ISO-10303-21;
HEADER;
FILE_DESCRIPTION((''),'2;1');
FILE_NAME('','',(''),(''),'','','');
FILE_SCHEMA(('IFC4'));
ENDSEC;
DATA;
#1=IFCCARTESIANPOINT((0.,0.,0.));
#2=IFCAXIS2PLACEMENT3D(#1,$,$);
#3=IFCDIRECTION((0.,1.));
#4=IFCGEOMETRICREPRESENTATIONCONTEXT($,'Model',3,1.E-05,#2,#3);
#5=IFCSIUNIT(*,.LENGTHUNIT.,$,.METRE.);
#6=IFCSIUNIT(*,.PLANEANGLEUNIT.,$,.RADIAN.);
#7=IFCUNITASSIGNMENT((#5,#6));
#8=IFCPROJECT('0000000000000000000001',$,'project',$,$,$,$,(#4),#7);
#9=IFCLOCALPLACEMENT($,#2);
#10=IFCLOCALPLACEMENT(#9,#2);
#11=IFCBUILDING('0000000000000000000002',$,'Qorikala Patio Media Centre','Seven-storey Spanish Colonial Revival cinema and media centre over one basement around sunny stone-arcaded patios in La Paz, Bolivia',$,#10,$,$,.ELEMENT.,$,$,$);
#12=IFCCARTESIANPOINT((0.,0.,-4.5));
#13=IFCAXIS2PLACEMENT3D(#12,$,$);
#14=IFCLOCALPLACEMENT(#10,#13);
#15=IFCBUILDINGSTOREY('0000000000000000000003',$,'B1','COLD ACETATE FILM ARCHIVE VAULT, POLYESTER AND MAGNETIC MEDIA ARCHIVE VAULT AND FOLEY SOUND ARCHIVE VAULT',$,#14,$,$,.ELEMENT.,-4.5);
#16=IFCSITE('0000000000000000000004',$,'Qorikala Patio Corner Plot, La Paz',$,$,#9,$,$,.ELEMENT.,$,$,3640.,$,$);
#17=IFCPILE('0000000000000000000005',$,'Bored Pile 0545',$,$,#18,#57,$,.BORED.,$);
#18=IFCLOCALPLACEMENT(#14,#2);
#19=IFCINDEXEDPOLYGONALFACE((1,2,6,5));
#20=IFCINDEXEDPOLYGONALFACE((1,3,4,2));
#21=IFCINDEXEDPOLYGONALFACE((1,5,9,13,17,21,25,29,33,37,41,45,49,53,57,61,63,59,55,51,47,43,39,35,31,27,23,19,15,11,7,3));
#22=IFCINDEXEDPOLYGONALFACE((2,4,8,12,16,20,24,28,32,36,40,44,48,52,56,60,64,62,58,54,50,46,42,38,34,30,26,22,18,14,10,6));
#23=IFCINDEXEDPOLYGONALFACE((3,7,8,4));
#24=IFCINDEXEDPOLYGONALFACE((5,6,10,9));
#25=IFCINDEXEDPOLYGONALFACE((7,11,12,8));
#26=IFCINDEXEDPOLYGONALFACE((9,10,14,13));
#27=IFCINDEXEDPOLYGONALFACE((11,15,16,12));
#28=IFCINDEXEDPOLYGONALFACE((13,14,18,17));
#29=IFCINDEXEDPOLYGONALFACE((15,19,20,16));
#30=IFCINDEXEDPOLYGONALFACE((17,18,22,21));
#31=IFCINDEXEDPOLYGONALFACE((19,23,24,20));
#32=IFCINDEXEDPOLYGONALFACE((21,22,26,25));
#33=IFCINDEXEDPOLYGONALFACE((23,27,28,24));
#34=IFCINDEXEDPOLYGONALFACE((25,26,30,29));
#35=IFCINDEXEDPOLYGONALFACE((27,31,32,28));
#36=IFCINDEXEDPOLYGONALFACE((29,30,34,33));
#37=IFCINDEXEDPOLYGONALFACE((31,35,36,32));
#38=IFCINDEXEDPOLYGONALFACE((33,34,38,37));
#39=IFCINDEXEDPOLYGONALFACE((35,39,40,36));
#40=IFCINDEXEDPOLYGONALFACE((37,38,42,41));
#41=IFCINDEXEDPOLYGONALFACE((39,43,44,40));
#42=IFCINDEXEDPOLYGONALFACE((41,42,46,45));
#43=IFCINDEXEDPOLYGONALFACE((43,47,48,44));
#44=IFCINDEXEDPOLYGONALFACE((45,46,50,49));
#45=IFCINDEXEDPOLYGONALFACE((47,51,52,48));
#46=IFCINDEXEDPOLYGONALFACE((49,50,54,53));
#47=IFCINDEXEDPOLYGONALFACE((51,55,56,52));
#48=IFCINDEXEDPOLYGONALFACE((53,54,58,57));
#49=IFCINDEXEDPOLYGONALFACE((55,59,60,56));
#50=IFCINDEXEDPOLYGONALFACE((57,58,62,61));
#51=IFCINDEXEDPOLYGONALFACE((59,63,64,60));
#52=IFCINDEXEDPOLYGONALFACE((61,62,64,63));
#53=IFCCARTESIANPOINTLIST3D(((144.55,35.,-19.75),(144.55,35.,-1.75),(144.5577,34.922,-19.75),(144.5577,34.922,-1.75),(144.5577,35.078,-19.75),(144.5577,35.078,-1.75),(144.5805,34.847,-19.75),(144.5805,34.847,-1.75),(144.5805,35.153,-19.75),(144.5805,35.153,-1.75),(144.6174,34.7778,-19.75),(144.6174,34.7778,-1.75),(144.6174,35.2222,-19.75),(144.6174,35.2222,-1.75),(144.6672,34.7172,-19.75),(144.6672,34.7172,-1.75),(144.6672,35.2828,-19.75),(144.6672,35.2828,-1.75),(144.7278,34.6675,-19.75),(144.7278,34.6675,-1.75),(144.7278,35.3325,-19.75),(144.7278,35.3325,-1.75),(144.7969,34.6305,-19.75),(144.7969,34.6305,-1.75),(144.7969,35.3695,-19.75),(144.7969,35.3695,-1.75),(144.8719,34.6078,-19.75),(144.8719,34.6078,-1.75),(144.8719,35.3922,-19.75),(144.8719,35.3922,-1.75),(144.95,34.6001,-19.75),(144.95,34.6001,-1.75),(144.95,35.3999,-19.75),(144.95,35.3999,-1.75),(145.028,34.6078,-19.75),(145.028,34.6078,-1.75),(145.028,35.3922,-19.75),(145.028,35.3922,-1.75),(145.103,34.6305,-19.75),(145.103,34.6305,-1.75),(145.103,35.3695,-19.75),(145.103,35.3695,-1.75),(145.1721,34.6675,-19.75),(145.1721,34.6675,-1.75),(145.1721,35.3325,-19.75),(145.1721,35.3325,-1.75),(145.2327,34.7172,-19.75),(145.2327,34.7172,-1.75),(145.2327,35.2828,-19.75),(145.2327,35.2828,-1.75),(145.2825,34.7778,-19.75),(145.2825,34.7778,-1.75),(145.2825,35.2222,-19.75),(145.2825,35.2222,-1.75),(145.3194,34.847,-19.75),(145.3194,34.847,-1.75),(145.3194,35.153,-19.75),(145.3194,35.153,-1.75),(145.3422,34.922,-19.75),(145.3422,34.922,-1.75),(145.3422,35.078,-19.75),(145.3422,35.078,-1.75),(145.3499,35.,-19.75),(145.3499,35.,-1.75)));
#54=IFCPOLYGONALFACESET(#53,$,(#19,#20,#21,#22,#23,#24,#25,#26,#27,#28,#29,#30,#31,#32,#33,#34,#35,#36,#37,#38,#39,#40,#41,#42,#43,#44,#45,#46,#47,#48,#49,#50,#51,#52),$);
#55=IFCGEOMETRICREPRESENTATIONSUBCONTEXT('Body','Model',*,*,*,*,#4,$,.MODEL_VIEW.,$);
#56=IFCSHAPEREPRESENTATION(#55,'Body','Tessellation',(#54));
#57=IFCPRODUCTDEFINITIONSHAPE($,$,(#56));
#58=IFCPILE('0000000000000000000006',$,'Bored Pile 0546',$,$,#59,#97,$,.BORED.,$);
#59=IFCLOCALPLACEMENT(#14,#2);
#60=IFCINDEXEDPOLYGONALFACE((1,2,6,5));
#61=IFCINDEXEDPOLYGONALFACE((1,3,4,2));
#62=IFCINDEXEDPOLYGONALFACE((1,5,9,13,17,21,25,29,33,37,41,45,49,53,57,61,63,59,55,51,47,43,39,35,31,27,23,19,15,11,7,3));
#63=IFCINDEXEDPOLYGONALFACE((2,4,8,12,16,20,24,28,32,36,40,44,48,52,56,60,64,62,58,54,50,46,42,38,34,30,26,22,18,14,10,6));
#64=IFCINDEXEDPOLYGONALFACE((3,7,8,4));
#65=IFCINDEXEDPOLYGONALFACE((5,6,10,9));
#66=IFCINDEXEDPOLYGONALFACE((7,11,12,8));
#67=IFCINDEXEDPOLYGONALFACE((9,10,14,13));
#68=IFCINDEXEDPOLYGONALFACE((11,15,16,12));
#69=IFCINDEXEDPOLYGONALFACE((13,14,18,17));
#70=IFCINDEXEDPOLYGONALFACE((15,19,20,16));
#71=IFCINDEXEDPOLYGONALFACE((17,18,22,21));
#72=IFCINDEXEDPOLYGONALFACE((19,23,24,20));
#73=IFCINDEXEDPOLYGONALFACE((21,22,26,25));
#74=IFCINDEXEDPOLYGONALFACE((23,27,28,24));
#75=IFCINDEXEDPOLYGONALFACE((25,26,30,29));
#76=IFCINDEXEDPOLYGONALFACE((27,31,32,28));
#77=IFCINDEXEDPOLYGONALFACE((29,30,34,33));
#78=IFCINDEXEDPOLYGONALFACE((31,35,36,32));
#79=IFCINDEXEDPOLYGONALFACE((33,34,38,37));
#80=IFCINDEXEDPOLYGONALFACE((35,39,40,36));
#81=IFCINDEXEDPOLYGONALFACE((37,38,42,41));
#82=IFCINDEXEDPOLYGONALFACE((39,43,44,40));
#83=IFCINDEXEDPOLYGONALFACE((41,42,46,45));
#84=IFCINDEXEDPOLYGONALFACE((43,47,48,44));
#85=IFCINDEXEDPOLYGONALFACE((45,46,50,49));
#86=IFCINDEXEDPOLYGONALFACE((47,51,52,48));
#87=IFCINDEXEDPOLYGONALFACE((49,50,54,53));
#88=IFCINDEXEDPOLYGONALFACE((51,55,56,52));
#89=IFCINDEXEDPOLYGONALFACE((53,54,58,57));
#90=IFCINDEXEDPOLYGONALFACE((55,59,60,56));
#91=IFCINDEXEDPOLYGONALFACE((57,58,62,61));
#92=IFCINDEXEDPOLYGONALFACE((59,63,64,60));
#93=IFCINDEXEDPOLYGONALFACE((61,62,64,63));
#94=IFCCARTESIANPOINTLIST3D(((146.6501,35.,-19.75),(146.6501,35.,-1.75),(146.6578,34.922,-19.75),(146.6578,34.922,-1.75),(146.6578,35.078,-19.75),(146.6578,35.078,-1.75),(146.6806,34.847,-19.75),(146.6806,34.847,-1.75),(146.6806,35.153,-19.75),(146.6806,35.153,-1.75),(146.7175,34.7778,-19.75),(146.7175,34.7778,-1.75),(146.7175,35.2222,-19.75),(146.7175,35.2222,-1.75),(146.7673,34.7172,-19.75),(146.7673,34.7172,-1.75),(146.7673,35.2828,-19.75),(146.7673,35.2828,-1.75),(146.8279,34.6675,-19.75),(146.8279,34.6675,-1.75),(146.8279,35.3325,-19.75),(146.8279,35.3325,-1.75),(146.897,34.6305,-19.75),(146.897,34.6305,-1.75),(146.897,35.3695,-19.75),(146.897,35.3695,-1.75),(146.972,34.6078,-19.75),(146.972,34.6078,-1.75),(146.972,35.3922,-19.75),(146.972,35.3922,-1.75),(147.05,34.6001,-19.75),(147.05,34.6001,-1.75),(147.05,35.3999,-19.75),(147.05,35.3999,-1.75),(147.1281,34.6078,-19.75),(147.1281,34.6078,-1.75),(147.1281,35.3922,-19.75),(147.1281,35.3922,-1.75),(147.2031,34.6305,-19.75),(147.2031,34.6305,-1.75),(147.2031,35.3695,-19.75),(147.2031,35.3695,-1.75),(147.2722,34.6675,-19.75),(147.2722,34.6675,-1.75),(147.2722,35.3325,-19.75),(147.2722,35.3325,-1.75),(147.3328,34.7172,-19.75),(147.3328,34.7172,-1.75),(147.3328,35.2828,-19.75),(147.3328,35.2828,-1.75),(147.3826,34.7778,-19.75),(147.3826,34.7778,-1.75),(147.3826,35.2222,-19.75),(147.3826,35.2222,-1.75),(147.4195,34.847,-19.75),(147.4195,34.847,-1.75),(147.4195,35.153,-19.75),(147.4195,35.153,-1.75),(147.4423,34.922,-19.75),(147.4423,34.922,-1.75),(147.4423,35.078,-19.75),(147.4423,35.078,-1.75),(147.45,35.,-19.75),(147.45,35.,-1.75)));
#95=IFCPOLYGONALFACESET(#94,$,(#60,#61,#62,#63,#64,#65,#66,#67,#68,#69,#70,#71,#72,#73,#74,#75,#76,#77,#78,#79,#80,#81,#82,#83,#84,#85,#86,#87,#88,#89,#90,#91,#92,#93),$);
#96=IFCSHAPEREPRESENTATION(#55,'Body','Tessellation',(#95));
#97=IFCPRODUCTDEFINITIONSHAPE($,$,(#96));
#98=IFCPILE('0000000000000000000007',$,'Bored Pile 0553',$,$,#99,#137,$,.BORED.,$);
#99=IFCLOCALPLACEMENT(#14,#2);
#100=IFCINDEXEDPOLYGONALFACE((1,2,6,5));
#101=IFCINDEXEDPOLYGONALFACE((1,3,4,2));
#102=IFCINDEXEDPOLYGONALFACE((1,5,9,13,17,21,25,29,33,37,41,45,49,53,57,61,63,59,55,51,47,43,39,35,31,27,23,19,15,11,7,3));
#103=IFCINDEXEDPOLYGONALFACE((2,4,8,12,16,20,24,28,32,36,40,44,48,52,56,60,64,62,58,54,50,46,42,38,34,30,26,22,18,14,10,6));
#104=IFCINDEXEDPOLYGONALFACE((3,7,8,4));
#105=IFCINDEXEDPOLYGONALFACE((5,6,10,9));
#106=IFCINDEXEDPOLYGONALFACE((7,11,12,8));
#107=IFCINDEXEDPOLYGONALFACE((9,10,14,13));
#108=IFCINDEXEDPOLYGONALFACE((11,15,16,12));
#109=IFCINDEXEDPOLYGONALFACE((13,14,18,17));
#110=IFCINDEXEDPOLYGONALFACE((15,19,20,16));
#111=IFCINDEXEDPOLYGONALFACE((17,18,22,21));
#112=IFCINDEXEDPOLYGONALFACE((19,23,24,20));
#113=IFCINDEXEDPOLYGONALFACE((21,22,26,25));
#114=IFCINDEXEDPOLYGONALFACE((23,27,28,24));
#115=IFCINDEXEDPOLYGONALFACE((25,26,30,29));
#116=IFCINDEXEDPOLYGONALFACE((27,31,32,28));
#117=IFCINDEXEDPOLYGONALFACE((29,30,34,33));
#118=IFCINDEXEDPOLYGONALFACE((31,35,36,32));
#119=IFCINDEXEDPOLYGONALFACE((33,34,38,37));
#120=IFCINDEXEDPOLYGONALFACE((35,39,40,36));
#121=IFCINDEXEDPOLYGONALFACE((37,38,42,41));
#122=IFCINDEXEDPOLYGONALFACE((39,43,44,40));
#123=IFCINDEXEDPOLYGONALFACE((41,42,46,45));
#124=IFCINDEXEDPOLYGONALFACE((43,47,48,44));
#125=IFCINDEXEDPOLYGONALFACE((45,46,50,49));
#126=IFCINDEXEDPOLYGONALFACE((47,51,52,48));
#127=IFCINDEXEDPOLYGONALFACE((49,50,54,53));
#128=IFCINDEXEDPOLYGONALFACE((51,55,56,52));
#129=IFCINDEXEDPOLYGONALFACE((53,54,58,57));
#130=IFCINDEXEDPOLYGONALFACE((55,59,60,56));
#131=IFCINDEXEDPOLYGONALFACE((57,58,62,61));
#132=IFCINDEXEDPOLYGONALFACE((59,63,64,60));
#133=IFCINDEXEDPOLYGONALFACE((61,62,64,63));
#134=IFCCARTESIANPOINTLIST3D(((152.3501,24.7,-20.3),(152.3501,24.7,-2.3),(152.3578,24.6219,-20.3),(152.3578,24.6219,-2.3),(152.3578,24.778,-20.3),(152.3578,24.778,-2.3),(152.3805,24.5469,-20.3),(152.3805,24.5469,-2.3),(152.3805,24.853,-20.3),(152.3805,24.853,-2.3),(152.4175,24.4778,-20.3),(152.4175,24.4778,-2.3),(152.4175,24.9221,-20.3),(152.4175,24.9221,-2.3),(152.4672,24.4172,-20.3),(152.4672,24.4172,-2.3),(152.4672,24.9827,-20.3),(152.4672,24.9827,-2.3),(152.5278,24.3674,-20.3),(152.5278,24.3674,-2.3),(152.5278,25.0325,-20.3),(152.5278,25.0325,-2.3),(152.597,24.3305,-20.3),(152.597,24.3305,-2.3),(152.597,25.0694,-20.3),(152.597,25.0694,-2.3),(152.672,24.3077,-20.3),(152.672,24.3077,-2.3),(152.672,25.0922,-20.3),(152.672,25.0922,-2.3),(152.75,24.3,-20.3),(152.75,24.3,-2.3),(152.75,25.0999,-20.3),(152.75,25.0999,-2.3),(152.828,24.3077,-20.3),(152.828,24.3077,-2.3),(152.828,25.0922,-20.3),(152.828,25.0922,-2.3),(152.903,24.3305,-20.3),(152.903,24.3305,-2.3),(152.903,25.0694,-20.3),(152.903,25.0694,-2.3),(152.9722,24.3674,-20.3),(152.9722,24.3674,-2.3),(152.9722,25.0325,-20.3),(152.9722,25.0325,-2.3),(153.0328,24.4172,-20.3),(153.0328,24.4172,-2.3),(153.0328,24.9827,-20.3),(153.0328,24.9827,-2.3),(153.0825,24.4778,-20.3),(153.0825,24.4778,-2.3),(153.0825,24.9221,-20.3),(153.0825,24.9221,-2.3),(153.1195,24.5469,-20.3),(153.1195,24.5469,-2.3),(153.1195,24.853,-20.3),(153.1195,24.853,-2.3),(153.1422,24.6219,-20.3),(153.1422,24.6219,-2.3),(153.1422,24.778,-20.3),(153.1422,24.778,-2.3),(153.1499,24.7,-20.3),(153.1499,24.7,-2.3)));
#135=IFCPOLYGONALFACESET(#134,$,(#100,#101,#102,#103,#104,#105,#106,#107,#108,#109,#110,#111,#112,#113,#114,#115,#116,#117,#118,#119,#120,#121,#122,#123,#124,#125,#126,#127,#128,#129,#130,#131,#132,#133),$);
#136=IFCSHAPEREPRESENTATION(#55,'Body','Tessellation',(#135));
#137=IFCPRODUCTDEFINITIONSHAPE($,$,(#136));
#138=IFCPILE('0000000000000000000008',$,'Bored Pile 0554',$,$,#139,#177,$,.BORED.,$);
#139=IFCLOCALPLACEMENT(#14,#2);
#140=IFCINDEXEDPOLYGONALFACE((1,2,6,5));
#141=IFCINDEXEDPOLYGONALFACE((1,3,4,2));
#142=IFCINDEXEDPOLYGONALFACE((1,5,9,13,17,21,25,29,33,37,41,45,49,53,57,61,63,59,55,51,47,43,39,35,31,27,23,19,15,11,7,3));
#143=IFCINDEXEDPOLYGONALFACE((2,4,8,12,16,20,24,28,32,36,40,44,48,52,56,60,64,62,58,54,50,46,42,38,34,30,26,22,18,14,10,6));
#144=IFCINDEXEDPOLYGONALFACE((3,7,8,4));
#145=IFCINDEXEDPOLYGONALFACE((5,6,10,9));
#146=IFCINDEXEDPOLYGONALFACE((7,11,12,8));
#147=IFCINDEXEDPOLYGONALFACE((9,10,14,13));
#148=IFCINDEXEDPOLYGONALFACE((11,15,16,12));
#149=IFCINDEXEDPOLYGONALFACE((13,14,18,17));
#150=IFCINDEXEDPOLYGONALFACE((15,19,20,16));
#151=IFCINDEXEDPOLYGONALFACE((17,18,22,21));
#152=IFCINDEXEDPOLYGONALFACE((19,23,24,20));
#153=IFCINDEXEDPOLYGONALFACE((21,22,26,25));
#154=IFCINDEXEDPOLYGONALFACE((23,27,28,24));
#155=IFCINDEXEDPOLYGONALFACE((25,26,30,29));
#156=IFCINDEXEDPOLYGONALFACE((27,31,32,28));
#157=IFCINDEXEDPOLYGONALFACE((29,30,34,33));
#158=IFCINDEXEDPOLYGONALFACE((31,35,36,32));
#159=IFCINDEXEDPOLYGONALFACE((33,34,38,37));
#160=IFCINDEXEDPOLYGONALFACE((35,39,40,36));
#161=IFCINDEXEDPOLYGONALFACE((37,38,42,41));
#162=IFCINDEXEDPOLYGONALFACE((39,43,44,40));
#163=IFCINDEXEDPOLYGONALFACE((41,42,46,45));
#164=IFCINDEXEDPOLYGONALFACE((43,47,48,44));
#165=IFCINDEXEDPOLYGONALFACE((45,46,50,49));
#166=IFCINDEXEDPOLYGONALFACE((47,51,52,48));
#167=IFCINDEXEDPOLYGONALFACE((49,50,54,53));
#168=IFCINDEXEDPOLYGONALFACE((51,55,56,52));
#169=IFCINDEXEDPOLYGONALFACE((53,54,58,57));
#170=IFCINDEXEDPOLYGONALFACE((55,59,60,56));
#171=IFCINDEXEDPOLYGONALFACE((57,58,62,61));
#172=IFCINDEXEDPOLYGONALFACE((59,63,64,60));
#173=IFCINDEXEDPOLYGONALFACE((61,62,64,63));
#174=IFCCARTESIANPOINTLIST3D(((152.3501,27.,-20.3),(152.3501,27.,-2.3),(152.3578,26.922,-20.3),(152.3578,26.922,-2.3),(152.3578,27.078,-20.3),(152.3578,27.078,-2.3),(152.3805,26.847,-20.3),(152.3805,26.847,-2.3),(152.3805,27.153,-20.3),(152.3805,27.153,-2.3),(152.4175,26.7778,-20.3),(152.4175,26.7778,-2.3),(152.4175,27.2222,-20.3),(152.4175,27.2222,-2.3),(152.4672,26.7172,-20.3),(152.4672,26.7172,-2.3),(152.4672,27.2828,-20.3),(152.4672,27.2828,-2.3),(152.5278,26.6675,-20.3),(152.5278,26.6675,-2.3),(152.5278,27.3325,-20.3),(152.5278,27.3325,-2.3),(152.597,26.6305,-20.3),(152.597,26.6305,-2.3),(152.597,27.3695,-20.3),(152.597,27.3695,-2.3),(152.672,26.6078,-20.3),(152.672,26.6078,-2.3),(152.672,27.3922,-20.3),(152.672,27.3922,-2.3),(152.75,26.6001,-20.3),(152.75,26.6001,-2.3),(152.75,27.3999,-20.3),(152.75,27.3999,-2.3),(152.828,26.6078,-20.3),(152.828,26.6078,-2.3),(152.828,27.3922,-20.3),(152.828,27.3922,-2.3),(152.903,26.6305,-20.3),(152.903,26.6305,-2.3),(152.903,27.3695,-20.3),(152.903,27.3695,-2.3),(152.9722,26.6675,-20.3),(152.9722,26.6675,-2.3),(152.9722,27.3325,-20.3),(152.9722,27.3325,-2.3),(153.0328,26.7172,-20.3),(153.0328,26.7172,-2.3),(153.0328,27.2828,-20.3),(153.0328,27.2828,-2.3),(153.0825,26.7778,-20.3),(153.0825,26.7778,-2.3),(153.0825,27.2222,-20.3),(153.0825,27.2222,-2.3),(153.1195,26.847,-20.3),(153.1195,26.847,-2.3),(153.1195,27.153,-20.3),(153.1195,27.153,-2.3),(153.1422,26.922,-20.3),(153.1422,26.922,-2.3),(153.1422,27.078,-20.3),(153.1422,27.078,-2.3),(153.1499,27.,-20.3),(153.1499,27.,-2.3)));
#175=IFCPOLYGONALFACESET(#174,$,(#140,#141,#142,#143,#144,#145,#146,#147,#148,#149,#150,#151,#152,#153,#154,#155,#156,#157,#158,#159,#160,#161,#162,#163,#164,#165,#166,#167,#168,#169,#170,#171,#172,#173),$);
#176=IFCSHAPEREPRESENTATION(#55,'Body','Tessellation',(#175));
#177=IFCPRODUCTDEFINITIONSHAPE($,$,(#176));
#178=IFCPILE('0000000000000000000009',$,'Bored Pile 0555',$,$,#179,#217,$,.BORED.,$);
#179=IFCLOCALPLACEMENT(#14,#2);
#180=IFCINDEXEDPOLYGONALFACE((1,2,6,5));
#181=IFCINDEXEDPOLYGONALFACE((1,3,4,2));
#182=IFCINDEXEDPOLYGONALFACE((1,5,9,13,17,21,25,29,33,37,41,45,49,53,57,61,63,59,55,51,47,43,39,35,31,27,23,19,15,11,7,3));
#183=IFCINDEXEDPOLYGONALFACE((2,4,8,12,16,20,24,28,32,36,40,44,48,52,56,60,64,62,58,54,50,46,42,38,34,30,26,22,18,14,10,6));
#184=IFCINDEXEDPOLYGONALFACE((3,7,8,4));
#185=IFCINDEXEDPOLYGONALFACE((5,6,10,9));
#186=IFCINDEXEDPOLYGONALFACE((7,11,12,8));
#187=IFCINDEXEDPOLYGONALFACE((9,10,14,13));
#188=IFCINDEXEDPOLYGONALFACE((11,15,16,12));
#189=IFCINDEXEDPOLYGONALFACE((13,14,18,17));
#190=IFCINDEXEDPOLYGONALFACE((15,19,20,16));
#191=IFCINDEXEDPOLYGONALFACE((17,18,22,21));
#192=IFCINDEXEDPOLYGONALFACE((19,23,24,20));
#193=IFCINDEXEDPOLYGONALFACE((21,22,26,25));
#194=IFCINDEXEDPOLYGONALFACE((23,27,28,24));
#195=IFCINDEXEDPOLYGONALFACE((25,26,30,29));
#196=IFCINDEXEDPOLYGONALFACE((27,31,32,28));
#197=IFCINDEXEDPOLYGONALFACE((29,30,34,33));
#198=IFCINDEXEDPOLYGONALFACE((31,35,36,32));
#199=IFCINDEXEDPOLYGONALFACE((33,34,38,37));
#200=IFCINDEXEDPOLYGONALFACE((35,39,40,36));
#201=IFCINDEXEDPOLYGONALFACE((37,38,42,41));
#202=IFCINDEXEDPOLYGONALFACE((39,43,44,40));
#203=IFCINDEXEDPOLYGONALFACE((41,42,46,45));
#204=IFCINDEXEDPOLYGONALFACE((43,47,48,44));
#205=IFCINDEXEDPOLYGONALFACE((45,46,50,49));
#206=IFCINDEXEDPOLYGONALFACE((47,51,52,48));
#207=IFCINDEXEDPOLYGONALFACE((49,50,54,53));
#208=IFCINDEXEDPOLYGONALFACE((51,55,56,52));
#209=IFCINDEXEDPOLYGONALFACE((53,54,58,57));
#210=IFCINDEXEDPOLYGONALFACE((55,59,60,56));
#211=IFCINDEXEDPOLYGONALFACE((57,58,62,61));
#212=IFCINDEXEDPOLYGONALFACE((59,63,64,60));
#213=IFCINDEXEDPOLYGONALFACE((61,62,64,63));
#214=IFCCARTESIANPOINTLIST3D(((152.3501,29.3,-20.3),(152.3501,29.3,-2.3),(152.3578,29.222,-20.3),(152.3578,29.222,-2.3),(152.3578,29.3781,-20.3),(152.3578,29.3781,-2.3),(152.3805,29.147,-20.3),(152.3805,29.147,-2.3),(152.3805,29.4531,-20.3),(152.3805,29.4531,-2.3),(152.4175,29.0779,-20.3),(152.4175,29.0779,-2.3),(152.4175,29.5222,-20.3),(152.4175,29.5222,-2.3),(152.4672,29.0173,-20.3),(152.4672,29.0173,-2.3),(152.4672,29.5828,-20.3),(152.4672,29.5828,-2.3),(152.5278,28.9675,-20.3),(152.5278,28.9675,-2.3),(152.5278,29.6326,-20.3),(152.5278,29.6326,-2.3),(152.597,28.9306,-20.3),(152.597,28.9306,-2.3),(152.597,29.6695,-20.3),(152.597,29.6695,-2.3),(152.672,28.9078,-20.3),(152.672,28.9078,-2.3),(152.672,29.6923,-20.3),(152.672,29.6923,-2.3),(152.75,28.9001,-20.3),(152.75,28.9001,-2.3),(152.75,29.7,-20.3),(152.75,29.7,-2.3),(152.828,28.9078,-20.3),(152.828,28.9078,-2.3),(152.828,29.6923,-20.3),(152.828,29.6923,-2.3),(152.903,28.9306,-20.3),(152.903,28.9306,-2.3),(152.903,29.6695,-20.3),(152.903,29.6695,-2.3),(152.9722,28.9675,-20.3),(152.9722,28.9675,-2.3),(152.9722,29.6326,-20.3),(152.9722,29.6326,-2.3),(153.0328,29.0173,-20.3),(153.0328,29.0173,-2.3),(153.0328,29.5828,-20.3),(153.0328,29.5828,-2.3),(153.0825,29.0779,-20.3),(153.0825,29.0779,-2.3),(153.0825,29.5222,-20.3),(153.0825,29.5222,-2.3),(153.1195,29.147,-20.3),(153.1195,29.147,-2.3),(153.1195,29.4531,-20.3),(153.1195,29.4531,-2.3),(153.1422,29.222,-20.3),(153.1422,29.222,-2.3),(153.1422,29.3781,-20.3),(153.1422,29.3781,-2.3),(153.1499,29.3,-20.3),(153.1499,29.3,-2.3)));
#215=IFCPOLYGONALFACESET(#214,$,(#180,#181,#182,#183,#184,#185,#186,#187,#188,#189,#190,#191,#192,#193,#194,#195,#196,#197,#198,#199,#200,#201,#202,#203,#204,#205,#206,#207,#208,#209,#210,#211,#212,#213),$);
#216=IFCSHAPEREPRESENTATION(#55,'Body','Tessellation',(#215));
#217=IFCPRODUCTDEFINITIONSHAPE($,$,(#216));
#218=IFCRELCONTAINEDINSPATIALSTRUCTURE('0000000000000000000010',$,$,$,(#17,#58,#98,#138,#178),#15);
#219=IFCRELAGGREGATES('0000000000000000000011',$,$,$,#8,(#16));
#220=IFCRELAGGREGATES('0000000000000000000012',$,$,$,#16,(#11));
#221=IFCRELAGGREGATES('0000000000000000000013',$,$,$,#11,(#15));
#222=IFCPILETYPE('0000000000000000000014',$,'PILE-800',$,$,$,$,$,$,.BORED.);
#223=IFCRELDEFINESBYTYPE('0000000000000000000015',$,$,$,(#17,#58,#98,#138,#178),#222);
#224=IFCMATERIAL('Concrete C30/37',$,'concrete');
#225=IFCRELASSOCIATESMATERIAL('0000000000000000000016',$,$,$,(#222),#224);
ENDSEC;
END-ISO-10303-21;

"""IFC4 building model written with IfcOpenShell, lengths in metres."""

from ifc_helpers import new_model, si_unit, direction, frame, origin, origin_2d, place, context, subcontext, project, spatial, circle, extrude, material, material_profile, profile_set, type_object, element, save


model = new_model("IFC4")

# Units and contexts
model_context = context("Model", 3, precision=1e-05, world=origin(), true_north=direction((0.0, 1.0)))
body_context = subcontext(model_context, "Body", "Model", "MODEL_VIEW")
ifc_project = project(units=[si_unit("LENGTHUNIT", "METRE"), si_unit("PLANEANGLEUNIT", "RADIAN")], contexts=[model_context])

# Site, building, storey
site_placement = place(None, origin())
site = spatial("IfcSite", under=ifc_project, at=site_placement, Name="Qorikala Patio Corner Plot, La Paz", CompositionType="ELEMENT", RefElevation=3640.0)
building_placement = place(site_placement, origin())
building = spatial("IfcBuilding", under=site, at=building_placement, Name="Qorikala Patio Media Centre", Description="Seven-storey Spanish Colonial Revival cinema and media centre over one basement around sunny stone-arcaded patios in La Paz, Bolivia", CompositionType="ELEMENT")
storey_placement = place(building_placement, frame((0.0, 0.0, -4.5)))
storey = spatial("IfcBuildingStorey", under=building, at=storey_placement, Name="B1", Description="COLD ACETATE FILM ARCHIVE VAULT, POLYESTER AND MAGNETIC MEDIA ARCHIVE VAULT AND FOLEY SOUND ARCHIVE VAULT", CompositionType="ELEMENT", Elevation=-4.5)

# Shared definitions
ifc_material_1 = material(Name="Concrete C30/37", Category="concrete")

# Piles
ifc_material_profile_1 = material_profile(ifc_material_1, circle(Radius=0.3999, at=origin_2d()), Name="BORED PILE 800")
ifc_profile_set_1 = profile_set([ifc_material_profile_1], Name="Concrete C30/37")
pile_type_1 = type_object("IfcPileType", Name="PILE-800", PredefinedType="BORED", material=ifc_profile_set_1)
for number, where, z_axis, x_axis, name in (
    (1, (144.95, 35.0, -1.75), (0.0, 0.0, -1.0), (1.0, 0.0, 0.0), "Bored Pile 0545"),
    (2, (147.05, 35.0, -1.75), (0.0, 0.0, -1.0), (1.0, 0.0, 0.0), "Bored Pile 0546"),
    (3, (152.75, 24.7, -2.3), (0.0, 0.0, -1.0), (1.0, 0.0, 0.0), "Bored Pile 0553"),
    (4, (152.75, 27.0, -2.3), (0.0, 0.0, -1.0), (1.0, 0.0, 0.0), "Bored Pile 0554"),
    (5, (152.75, 29.3, -2.3), (0.0, 0.0, -1.0), (1.0, 0.0, 0.0), "Bored Pile 0555"),
):
    element("IfcPile", number, at=place(storey_placement, frame(where, z_axis=z_axis, x_axis=x_axis)), inside=storey, type_object=pile_type_1, Name=name, PredefinedType="BORED", context=body_context, shape_type="SweptSolid", body=[
        extrude(circle(Radius=0.3999, at=origin_2d()), origin(), (0.0, 0.0, 1.0), 18.0),
    ])

save(model, "model.ifc")
